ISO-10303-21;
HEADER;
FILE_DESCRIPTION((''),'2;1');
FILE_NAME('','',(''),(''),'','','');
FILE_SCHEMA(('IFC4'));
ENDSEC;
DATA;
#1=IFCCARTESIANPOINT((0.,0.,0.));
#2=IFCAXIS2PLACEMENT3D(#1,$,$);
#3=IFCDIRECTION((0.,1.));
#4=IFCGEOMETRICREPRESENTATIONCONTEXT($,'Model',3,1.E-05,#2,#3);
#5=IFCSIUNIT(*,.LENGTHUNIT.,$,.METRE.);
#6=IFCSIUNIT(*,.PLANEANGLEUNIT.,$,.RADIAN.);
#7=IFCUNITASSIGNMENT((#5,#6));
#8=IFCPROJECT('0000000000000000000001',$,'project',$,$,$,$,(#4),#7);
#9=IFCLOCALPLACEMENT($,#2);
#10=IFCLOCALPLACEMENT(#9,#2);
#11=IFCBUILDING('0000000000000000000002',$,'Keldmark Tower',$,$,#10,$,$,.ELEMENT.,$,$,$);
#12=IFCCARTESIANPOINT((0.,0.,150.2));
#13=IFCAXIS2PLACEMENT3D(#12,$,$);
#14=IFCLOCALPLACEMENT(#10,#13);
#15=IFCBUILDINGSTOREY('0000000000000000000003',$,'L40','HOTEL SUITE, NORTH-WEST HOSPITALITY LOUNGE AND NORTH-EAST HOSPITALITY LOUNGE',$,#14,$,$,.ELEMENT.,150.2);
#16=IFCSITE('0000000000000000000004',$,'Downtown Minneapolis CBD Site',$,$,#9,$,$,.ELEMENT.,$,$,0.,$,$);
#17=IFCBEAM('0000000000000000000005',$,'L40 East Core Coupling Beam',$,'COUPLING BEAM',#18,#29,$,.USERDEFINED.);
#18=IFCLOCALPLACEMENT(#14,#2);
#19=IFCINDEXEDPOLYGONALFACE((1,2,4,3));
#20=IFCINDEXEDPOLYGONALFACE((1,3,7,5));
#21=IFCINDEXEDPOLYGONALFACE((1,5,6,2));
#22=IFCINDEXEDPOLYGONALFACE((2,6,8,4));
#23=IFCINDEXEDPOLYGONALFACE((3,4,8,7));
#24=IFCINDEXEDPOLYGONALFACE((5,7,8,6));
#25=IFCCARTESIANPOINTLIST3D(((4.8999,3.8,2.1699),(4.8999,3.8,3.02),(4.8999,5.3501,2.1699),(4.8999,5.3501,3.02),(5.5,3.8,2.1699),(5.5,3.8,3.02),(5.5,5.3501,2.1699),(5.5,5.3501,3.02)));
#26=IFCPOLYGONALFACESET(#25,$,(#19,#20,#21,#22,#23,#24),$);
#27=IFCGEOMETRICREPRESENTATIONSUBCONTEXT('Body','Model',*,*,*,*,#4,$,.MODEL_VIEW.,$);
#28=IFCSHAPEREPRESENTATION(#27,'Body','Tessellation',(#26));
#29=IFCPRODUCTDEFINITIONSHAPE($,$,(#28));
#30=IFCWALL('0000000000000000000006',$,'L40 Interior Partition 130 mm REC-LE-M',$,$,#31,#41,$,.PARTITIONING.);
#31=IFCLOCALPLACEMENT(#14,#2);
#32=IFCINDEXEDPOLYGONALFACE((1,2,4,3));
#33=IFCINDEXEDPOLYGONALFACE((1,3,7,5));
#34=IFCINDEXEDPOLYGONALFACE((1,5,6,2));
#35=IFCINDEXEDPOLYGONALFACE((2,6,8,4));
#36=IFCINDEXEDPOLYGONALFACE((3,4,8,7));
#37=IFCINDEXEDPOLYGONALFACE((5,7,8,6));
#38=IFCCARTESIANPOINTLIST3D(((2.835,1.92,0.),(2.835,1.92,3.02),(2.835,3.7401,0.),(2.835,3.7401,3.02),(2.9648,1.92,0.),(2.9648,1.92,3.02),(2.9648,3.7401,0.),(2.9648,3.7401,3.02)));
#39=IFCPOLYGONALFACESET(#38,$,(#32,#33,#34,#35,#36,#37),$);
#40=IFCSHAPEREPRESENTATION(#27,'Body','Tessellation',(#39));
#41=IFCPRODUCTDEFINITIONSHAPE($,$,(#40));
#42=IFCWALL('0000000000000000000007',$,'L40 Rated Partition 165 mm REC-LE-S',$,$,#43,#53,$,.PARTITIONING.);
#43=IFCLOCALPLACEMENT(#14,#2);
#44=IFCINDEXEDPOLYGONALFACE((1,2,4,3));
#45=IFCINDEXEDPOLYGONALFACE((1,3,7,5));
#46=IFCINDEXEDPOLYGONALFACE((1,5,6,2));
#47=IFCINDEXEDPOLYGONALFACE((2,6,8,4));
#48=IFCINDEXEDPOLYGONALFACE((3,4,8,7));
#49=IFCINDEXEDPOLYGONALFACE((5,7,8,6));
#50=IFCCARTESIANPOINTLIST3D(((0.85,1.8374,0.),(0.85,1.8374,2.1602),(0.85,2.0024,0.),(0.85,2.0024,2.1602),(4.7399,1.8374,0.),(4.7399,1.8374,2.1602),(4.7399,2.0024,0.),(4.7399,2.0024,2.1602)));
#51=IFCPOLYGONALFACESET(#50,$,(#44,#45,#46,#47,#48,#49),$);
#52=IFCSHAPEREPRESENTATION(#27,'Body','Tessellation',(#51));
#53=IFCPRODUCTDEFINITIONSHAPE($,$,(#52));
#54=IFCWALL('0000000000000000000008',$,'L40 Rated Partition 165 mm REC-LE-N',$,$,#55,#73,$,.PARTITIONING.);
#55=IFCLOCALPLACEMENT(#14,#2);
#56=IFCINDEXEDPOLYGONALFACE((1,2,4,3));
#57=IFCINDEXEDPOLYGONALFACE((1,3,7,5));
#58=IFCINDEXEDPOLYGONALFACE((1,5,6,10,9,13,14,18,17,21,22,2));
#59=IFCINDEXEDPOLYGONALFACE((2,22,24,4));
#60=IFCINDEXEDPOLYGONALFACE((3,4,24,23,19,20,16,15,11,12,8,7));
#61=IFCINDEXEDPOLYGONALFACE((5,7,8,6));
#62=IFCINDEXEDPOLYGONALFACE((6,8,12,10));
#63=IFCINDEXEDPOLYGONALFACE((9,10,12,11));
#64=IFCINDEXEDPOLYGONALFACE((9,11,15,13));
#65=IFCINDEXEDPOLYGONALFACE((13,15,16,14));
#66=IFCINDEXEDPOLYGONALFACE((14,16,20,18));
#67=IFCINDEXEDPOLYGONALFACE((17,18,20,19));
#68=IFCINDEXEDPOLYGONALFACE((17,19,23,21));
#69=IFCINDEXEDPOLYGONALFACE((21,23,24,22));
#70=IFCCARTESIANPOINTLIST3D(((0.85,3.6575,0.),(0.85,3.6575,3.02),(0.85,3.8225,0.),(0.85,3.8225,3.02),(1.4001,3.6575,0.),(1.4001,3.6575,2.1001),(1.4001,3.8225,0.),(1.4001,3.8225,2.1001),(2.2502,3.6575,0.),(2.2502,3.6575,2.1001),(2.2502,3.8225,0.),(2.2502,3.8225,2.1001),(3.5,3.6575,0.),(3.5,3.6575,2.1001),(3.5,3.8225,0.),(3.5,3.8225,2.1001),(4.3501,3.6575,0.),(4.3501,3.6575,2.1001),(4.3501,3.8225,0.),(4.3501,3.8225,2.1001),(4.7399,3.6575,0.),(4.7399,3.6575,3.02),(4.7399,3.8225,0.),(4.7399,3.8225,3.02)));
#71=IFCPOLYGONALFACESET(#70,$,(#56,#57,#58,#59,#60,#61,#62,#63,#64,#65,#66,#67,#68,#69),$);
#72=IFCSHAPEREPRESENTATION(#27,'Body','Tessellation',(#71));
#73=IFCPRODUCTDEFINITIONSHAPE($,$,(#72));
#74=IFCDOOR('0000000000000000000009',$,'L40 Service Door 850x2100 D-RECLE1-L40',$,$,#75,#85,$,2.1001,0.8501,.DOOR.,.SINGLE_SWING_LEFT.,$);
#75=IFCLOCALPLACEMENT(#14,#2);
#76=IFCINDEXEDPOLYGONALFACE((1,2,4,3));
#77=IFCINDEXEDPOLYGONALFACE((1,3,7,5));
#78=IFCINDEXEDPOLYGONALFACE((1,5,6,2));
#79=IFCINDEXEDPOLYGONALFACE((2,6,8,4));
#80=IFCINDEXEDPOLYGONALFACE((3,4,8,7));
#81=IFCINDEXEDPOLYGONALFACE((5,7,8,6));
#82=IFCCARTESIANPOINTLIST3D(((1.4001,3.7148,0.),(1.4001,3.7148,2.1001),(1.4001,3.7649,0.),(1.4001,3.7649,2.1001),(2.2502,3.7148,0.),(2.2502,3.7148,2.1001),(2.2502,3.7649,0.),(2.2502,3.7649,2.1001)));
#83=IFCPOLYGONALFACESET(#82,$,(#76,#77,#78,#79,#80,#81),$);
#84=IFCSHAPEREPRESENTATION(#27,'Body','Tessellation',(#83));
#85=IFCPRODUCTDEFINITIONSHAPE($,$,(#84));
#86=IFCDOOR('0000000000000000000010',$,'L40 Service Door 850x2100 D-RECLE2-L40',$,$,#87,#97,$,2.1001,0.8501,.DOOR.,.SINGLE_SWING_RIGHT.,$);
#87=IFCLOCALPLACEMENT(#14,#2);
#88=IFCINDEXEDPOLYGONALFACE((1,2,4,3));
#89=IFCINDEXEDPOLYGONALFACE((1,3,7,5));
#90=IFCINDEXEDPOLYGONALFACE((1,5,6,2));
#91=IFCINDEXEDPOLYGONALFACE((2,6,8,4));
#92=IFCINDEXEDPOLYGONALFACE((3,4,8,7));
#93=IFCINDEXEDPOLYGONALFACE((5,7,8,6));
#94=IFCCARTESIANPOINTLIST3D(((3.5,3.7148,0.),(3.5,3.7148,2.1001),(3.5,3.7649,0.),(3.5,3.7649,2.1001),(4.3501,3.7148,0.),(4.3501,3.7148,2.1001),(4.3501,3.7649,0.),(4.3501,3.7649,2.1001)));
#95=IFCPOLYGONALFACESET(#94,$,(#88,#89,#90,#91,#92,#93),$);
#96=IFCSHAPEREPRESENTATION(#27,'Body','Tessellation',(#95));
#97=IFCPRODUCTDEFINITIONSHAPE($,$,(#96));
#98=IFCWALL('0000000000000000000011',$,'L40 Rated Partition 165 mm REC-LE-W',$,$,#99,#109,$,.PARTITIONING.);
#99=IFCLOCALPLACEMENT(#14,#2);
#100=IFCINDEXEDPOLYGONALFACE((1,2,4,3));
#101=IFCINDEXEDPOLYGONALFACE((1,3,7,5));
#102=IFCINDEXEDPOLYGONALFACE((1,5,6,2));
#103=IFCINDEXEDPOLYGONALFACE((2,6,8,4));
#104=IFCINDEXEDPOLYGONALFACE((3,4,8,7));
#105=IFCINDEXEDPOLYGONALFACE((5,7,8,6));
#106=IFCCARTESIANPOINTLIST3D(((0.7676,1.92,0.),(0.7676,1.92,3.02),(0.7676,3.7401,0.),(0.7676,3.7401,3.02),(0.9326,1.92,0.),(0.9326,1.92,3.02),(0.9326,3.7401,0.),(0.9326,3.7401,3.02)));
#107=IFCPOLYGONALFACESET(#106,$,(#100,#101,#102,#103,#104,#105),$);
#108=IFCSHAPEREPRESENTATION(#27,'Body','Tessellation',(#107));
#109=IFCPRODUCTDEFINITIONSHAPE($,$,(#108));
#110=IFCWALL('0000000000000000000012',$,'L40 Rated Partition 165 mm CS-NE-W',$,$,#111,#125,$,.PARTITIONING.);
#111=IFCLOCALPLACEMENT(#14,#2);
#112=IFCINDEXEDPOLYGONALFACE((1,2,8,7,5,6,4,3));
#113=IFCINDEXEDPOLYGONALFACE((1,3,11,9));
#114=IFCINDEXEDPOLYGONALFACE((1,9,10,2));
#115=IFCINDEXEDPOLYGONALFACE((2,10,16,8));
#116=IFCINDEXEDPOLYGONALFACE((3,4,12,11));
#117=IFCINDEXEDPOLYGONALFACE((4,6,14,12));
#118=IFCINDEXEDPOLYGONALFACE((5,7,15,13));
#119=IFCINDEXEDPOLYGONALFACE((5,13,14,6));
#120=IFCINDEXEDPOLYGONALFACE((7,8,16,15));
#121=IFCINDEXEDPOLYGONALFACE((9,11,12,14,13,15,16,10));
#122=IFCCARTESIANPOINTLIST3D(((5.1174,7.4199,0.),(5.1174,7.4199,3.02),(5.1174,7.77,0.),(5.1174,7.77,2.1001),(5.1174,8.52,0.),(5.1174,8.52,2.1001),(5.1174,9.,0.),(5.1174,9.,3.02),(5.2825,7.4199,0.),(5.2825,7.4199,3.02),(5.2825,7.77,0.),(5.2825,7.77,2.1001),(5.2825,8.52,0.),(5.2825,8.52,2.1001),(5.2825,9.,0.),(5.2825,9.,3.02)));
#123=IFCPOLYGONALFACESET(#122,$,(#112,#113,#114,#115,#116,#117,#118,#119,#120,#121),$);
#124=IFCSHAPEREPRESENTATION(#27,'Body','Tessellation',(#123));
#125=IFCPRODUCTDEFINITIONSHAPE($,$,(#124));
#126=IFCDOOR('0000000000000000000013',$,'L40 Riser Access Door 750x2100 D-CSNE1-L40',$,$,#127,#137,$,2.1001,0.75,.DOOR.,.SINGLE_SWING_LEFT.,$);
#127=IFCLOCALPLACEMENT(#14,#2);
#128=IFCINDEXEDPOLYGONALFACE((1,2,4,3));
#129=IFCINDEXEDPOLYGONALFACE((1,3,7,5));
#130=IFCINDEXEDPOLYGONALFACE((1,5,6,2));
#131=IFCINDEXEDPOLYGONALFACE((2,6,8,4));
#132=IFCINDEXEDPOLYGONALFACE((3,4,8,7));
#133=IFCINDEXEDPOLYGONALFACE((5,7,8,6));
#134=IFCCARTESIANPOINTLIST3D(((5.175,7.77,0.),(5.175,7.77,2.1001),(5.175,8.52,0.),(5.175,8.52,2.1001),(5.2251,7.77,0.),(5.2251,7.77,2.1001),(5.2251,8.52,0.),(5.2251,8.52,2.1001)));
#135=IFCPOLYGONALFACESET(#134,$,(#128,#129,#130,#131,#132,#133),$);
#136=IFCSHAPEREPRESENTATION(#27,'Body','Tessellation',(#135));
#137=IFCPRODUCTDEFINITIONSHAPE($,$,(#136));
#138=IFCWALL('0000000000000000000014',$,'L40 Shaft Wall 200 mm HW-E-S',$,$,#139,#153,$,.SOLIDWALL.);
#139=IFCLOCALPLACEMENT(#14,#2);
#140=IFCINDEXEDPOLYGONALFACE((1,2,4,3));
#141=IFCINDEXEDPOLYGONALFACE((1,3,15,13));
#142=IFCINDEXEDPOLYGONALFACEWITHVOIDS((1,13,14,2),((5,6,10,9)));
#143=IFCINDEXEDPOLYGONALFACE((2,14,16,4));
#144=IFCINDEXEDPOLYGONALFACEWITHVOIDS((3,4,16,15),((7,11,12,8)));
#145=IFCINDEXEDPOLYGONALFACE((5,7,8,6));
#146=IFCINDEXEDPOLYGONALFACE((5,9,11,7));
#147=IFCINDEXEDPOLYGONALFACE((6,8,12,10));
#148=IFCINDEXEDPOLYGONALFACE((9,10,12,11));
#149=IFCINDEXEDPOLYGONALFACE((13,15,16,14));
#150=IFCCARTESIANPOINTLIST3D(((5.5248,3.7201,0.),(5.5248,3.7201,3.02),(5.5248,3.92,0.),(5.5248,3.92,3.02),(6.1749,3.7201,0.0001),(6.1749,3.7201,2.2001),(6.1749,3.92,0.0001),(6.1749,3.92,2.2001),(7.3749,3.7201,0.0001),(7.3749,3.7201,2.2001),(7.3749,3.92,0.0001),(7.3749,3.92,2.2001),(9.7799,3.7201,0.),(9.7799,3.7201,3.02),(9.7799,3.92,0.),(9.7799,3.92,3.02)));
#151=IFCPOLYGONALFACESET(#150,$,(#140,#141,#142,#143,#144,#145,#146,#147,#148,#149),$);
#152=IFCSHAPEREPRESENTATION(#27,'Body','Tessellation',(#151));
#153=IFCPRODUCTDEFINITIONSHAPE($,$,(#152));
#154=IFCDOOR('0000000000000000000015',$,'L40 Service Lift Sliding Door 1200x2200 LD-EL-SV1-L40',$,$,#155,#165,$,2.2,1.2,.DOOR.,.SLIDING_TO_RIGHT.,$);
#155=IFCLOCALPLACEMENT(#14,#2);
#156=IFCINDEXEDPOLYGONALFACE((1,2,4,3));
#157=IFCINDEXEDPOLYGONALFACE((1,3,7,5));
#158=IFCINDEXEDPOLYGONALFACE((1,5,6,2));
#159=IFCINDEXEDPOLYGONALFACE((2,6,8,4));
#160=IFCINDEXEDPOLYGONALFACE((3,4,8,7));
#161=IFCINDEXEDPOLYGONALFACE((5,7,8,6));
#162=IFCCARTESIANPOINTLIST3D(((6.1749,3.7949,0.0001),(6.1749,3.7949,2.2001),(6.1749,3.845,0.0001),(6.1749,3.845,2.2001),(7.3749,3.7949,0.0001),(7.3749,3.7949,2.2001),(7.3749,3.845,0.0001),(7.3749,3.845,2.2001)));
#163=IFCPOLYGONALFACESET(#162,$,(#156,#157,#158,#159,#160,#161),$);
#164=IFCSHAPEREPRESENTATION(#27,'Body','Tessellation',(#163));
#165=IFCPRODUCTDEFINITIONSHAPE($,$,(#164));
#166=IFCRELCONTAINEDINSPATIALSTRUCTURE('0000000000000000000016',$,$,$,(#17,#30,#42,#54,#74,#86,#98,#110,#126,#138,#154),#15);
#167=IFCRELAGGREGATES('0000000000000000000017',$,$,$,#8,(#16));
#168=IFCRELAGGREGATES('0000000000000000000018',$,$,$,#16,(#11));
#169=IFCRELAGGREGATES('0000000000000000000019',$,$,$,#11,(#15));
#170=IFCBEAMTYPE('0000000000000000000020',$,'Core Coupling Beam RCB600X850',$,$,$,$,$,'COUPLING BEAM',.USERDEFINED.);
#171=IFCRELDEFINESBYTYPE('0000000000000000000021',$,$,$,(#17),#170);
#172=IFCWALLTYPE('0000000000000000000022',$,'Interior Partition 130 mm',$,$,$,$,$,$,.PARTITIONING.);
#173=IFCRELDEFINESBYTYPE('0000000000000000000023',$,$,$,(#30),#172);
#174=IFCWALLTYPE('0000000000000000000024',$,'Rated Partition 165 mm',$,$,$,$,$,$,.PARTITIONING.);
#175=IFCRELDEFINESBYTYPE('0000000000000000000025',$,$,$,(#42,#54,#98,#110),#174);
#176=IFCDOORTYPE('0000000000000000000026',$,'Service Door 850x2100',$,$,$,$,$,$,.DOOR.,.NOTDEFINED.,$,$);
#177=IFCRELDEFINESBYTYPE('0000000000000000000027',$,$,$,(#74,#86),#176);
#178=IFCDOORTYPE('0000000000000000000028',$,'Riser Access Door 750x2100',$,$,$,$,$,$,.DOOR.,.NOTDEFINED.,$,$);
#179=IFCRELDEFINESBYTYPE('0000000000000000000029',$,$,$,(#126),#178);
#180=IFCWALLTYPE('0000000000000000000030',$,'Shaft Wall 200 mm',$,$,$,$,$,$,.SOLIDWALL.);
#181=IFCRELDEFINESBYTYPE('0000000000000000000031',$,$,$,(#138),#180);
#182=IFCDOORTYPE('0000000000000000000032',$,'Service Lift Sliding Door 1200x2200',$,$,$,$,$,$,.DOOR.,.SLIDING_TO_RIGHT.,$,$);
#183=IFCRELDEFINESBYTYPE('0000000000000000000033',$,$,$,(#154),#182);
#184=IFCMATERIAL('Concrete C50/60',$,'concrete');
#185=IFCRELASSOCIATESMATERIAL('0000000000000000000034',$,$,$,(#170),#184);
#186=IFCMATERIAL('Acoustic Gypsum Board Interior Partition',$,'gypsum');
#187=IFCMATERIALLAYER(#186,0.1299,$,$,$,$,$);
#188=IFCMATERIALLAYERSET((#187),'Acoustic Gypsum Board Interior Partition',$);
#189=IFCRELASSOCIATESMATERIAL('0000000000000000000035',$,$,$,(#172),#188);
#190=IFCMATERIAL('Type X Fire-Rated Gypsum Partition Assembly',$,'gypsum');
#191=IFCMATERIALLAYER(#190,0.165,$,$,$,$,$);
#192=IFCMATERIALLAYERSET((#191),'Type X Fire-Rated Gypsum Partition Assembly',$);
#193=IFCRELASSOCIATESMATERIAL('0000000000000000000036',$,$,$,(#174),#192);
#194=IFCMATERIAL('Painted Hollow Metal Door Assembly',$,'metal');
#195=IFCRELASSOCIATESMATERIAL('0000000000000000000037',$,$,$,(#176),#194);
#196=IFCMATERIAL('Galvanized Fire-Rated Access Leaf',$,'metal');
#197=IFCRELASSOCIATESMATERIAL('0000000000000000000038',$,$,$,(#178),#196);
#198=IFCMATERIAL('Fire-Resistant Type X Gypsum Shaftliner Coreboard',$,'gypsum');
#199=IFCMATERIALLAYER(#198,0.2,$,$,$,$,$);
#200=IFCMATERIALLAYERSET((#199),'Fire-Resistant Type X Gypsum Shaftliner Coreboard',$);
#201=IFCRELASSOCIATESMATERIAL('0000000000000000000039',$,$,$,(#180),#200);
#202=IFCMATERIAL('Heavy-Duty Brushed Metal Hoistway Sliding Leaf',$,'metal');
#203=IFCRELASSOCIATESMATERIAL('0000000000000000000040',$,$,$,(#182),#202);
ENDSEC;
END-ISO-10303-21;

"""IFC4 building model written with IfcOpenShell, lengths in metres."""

from ifc_helpers import new_model, si_unit, direction, frame, frame_2d, origin, origin_2d, place, context, subcontext, project, spatial, rectangle, extrude, material, layer, layer_set, material_profile, profile_set, type_object, element, fill, save


model = new_model("IFC4")

# Units and contexts
model_context = context("Model", 3, precision=1e-05, world=origin(), true_north=direction((0.0, 1.0)))
body_context = subcontext(model_context, "Body", "Model", "MODEL_VIEW")
ifc_project = project(units=[si_unit("LENGTHUNIT", "METRE"), si_unit("PLANEANGLEUNIT", "RADIAN")], contexts=[model_context])

# Site, building, storey
site_placement = place(None, origin())
site = spatial("IfcSite", under=ifc_project, at=site_placement, Name="Downtown Minneapolis CBD Site", CompositionType="ELEMENT", RefElevation=0.0)
building_placement = place(site_placement, origin())
building = spatial("IfcBuilding", under=site, at=building_placement, Name="Keldmark Tower", CompositionType="ELEMENT")
storey_placement = place(building_placement, frame((0.0, 0.0, 150.2)))
storey = spatial("IfcBuildingStorey", under=building, at=storey_placement, Name="L40", Description="HOTEL SUITE, NORTH-WEST HOSPITALITY LOUNGE AND NORTH-EAST HOSPITALITY LOUNGE", CompositionType="ELEMENT", Elevation=150.2)

# Beam
ifc_material_1 = material(Name="Concrete C50/60", Category="concrete")
ifc_material_profile = material_profile(ifc_material_1, rectangle(XDim=0.6001, YDim=0.8501, at=origin_2d()), Name="RCB600X850")
ifc_profile_set = profile_set([ifc_material_profile], Name="Concrete C50/60")
beam_type = type_object("IfcBeamType", Name="Core Coupling Beam RCB600X850", ElementType="COUPLING BEAM", PredefinedType="USERDEFINED", material=ifc_profile_set)
beam_placement = place(storey_placement, frame((5.2, 3.8, 2.595), z_axis=(0.0, 1.0, 0.0), x_axis=(-1.0, 0.0, 0.0)))
element("IfcBeam", 1, at=beam_placement, inside=storey, type_object=beam_type, Name="L40 East Core Coupling Beam", ObjectType="COUPLING BEAM", PredefinedType="USERDEFINED", context=body_context, shape_type="SweptSolid", body=[
    extrude(rectangle(XDim=0.6001, YDim=0.8501, at=origin_2d()), origin(), (0.0, 0.0, 1.0), 1.55),
])

# Walls
ifc_material_2 = material(Name="Acoustic Gypsum Board Interior Partition", Category="gypsum")
ifc_layer_1 = layer(ifc_material_2, 0.1299)
ifc_layer_set_1 = layer_set([ifc_layer_1], Name="Acoustic Gypsum Board Interior Partition")
wall_type_1 = type_object("IfcWallType", Name="Interior Partition 130 mm", PredefinedType="PARTITIONING", material=ifc_layer_set_1)
wall_1_placement = place(storey_placement, frame((2.8999, 1.9199, 0.0), z_axis=(0.0, 0.0, 1.0), x_axis=(0.0, 1.0, 0.0)))
element("IfcWall", 2, at=wall_1_placement, inside=storey, type_object=wall_type_1, Name="L40 Interior Partition 130 mm REC-LE-M", PredefinedType="PARTITIONING", context=body_context, shape_type="SweptSolid", body=[
    extrude(rectangle(XDim=1.8201, YDim=0.1299, at=frame_2d((0.9102, 0.0))), origin(), (0.0, 0.0, 1.0), 3.02),
])
ifc_material_3 = material(Name="Type X Fire-Rated Gypsum Partition Assembly", Category="gypsum")
ifc_layer_2 = layer(ifc_material_3, 0.165)
ifc_layer_set_2 = layer_set([ifc_layer_2], Name="Type X Fire-Rated Gypsum Partition Assembly")
wall_type_2 = type_object("IfcWallType", Name="Rated Partition 165 mm", PredefinedType="PARTITIONING", material=ifc_layer_set_2)
wall_2_placement = place(storey_placement, frame((0.8501, 1.9199, 0.0), z_axis=(0.0, 0.0, 1.0), x_axis=(1.0, 0.0, 0.0)))
element("IfcWall", 3, at=wall_2_placement, inside=storey, type_object=wall_type_2, Name="L40 Rated Partition 165 mm REC-LE-S", PredefinedType="PARTITIONING", context=body_context, shape_type="SweptSolid", body=[
    extrude(rectangle(XDim=3.8899, YDim=0.165, at=frame_2d((1.9448, 0.0))), origin(), (0.0, 0.0, 1.0), 2.1602),
])

# Wall, openings, doors
wall_3_placement = place(storey_placement, frame((0.8501, 3.74, 0.0), z_axis=(0.0, 0.0, 1.0), x_axis=(1.0, 0.0, 0.0)))
wall_3 = element("IfcWall", 4, at=wall_3_placement, inside=storey, type_object=wall_type_2, Name="L40 Rated Partition 165 mm REC-LE-N", PredefinedType="PARTITIONING", context=body_context, shape_type="SweptSolid", body=[
    extrude(rectangle(XDim=3.8899, YDim=0.165, at=frame_2d((1.9448, 0.0))), origin(), (0.0, 0.0, 1.0), 3.02),
])
opening_1_placement = place(wall_3_placement, frame((0.55, 0.0, 0.0)))
opening_1 = element("IfcOpeningElement", 5, at=opening_1_placement, cuts=wall_3, PredefinedType="OPENING", context=body_context, shape_type="SweptSolid", body=[
    extrude(rectangle(XDim=0.8501, YDim=2.1001, at=frame_2d((0.425, 1.05))), frame((0.0, 0.0925, 0.0), z_axis=(0.0, -1.0, 0.0), x_axis=(1.0, 0.0, 0.0)), (0.0, 0.0, 1.0), 0.1851),
])
opening_2_placement = place(wall_3_placement, frame((2.6499, 0.0, 0.0)))
opening_2 = element("IfcOpeningElement", 6, at=opening_2_placement, cuts=wall_3, PredefinedType="OPENING", context=body_context, shape_type="SweptSolid", body=[
    extrude(rectangle(XDim=0.8501, YDim=2.1001, at=frame_2d((0.425, 1.05))), frame((0.0, 0.0925, 0.0), z_axis=(0.0, -1.0, 0.0), x_axis=(1.0, 0.0, 0.0)), (0.0, 0.0, 1.0), 0.1851),
])
ifc_material_4 = material(Name="Painted Hollow Metal Door Assembly", Category="metal")
door_type_1 = type_object("IfcDoorType", Name="Service Door 850x2100", OperationType="NOTDEFINED", PredefinedType="DOOR", material=ifc_material_4)
door_1_placement = place(opening_1_placement, origin())
door_1 = element("IfcDoor", 7, at=door_1_placement, inside=storey, type_object=door_type_1, Name="L40 Service Door 850x2100 D-RECLE1-L40", OperationType="SINGLE_SWING_LEFT", OverallHeight=2.1001, OverallWidth=0.8501, PredefinedType="DOOR", context=body_context, shape_type="SweptSolid", body=[
    extrude(rectangle(XDim=0.8501, YDim=2.1001, at=frame_2d((0.425, 1.05))), frame((0.0, 0.0249, 0.0), z_axis=(0.0, -1.0, 0.0), x_axis=(1.0, 0.0, 0.0)), (0.0, 0.0, 1.0), 0.05),
])
fill(opening_1, door_1)
door_2_placement = place(opening_2_placement, origin())
door_2 = element("IfcDoor", 8, at=door_2_placement, inside=storey, type_object=door_type_1, Name="L40 Service Door 850x2100 D-RECLE2-L40", OperationType="SINGLE_SWING_RIGHT", OverallHeight=2.1001, OverallWidth=0.8501, PredefinedType="DOOR", context=body_context, shape_type="SweptSolid", body=[
    extrude(rectangle(XDim=0.8501, YDim=2.1001, at=frame_2d((0.425, 1.05))), frame((0.0, 0.0249, 0.0), z_axis=(0.0, -1.0, 0.0), x_axis=(1.0, 0.0, 0.0)), (0.0, 0.0, 1.0), 0.05),
])
fill(opening_2, door_2)

# Wall
wall_4_placement = place(storey_placement, frame((0.8501, 1.9199, 0.0), z_axis=(0.0, 0.0, 1.0), x_axis=(0.0, 1.0, 0.0)))
element("IfcWall", 9, at=wall_4_placement, inside=storey, type_object=wall_type_2, Name="L40 Rated Partition 165 mm REC-LE-W", PredefinedType="PARTITIONING", context=body_context, shape_type="SweptSolid", body=[
    extrude(rectangle(XDim=1.8201, YDim=0.165, at=frame_2d((0.9102, 0.0))), origin(), (0.0, 0.0, 1.0), 3.02),
])

# Walls, openings, doors
wall_5_placement = place(storey_placement, frame((5.2, 7.4199, 0.0), z_axis=(0.0, 0.0, 1.0), x_axis=(0.0, 1.0, 0.0)))
wall_5 = element("IfcWall", 10, at=wall_5_placement, inside=storey, type_object=wall_type_2, Name="L40 Rated Partition 165 mm CS-NE-W", PredefinedType="PARTITIONING", context=body_context, shape_type="SweptSolid", body=[
    extrude(rectangle(XDim=1.5801, YDim=0.165, at=frame_2d((0.79, 0.0))), origin(), (0.0, 0.0, 1.0), 3.02),
])
opening_3_placement = place(wall_5_placement, frame((0.3501, 0.0, 0.0)))
opening_3 = element("IfcOpeningElement", 11, at=opening_3_placement, cuts=wall_5, PredefinedType="OPENING", context=body_context, shape_type="SweptSolid", body=[
    extrude(rectangle(XDim=0.75, YDim=2.1001, at=frame_2d((0.375, 1.05))), frame((0.0, 0.0925, 0.0), z_axis=(0.0, -1.0, 0.0), x_axis=(1.0, 0.0, 0.0)), (0.0, 0.0, 1.0), 0.1851),
])
ifc_material_5 = material(Name="Galvanized Fire-Rated Access Leaf", Category="metal")
door_type_2 = type_object("IfcDoorType", Name="Riser Access Door 750x2100", OperationType="NOTDEFINED", PredefinedType="DOOR", material=ifc_material_5)
door_3_placement = place(opening_3_placement, origin())
door_3 = element("IfcDoor", 12, at=door_3_placement, inside=storey, type_object=door_type_2, Name="L40 Riser Access Door 750x2100 D-CSNE1-L40", OperationType="SINGLE_SWING_LEFT", OverallHeight=2.1001, OverallWidth=0.75, PredefinedType="DOOR", context=body_context, shape_type="SweptSolid", body=[
    extrude(rectangle(XDim=0.75, YDim=2.1001, at=frame_2d((0.375, 1.05))), frame((0.0, 0.0249, 0.0), z_axis=(0.0, -1.0, 0.0), x_axis=(1.0, 0.0, 0.0)), (0.0, 0.0, 1.0), 0.05),
])
fill(opening_3, door_3)
ifc_material_6 = material(Name="Fire-Resistant Type X Gypsum Shaftliner Coreboard", Category="gypsum")
ifc_layer_3 = layer(ifc_material_6, 0.2)
ifc_layer_set_3 = layer_set([ifc_layer_3], Name="Fire-Resistant Type X Gypsum Shaftliner Coreboard")
wall_type_3 = type_object("IfcWallType", Name="Shaft Wall 200 mm", PredefinedType="SOLIDWALL", material=ifc_layer_set_3)
wall_6_placement = place(storey_placement, frame((5.5249, 3.8201, 0.0), z_axis=(0.0, 0.0, 1.0), x_axis=(1.0, 0.0, 0.0)))
wall_6 = element("IfcWall", 13, at=wall_6_placement, inside=storey, type_object=wall_type_3, Name="L40 Shaft Wall 200 mm HW-E-S", PredefinedType="SOLIDWALL", context=body_context, shape_type="SweptSolid", body=[
    extrude(rectangle(XDim=4.2551, YDim=0.2, at=frame_2d((2.1274, 0.0))), origin(), (0.0, 0.0, 1.0), 3.02),
])
opening_4_placement = place(wall_6_placement, frame((0.6499, 0.0, 0.0)))
opening_4 = element("IfcOpeningElement", 14, at=opening_4_placement, cuts=wall_6, PredefinedType="OPENING", context=body_context, shape_type="SweptSolid", body=[
    extrude(rectangle(XDim=1.2, YDim=2.2, at=frame_2d((0.6001, 1.1001))), frame((0.0, 0.1099, 0.0), z_axis=(0.0, -1.0, 0.0), x_axis=(1.0, 0.0, 0.0)), (0.0, 0.0, 1.0), 0.22),
])
ifc_material_7 = material(Name="Heavy-Duty Brushed Metal Hoistway Sliding Leaf", Category="metal")
door_type_3 = type_object("IfcDoorType", Name="Service Lift Sliding Door 1200x2200", OperationType="SLIDING_TO_RIGHT", PredefinedType="DOOR", material=ifc_material_7)
door_4_placement = place(opening_4_placement, origin())
door_4 = element("IfcDoor", 15, at=door_4_placement, inside=storey, type_object=door_type_3, Name="L40 Service Lift Sliding Door 1200x2200 LD-EL-SV1-L40", OperationType="SLIDING_TO_RIGHT", OverallHeight=2.2, OverallWidth=1.2, PredefinedType="DOOR", context=body_context, shape_type="SweptSolid", body=[
    extrude(rectangle(XDim=1.2, YDim=2.2, at=frame_2d((0.6001, 1.1001))), frame((0.0, 0.0249, 0.0), z_axis=(0.0, -1.0, 0.0), x_axis=(1.0, 0.0, 0.0)), (0.0, 0.0, 1.0), 0.05),
])
fill(opening_4, door_4)

save(model, "model.ifc")
